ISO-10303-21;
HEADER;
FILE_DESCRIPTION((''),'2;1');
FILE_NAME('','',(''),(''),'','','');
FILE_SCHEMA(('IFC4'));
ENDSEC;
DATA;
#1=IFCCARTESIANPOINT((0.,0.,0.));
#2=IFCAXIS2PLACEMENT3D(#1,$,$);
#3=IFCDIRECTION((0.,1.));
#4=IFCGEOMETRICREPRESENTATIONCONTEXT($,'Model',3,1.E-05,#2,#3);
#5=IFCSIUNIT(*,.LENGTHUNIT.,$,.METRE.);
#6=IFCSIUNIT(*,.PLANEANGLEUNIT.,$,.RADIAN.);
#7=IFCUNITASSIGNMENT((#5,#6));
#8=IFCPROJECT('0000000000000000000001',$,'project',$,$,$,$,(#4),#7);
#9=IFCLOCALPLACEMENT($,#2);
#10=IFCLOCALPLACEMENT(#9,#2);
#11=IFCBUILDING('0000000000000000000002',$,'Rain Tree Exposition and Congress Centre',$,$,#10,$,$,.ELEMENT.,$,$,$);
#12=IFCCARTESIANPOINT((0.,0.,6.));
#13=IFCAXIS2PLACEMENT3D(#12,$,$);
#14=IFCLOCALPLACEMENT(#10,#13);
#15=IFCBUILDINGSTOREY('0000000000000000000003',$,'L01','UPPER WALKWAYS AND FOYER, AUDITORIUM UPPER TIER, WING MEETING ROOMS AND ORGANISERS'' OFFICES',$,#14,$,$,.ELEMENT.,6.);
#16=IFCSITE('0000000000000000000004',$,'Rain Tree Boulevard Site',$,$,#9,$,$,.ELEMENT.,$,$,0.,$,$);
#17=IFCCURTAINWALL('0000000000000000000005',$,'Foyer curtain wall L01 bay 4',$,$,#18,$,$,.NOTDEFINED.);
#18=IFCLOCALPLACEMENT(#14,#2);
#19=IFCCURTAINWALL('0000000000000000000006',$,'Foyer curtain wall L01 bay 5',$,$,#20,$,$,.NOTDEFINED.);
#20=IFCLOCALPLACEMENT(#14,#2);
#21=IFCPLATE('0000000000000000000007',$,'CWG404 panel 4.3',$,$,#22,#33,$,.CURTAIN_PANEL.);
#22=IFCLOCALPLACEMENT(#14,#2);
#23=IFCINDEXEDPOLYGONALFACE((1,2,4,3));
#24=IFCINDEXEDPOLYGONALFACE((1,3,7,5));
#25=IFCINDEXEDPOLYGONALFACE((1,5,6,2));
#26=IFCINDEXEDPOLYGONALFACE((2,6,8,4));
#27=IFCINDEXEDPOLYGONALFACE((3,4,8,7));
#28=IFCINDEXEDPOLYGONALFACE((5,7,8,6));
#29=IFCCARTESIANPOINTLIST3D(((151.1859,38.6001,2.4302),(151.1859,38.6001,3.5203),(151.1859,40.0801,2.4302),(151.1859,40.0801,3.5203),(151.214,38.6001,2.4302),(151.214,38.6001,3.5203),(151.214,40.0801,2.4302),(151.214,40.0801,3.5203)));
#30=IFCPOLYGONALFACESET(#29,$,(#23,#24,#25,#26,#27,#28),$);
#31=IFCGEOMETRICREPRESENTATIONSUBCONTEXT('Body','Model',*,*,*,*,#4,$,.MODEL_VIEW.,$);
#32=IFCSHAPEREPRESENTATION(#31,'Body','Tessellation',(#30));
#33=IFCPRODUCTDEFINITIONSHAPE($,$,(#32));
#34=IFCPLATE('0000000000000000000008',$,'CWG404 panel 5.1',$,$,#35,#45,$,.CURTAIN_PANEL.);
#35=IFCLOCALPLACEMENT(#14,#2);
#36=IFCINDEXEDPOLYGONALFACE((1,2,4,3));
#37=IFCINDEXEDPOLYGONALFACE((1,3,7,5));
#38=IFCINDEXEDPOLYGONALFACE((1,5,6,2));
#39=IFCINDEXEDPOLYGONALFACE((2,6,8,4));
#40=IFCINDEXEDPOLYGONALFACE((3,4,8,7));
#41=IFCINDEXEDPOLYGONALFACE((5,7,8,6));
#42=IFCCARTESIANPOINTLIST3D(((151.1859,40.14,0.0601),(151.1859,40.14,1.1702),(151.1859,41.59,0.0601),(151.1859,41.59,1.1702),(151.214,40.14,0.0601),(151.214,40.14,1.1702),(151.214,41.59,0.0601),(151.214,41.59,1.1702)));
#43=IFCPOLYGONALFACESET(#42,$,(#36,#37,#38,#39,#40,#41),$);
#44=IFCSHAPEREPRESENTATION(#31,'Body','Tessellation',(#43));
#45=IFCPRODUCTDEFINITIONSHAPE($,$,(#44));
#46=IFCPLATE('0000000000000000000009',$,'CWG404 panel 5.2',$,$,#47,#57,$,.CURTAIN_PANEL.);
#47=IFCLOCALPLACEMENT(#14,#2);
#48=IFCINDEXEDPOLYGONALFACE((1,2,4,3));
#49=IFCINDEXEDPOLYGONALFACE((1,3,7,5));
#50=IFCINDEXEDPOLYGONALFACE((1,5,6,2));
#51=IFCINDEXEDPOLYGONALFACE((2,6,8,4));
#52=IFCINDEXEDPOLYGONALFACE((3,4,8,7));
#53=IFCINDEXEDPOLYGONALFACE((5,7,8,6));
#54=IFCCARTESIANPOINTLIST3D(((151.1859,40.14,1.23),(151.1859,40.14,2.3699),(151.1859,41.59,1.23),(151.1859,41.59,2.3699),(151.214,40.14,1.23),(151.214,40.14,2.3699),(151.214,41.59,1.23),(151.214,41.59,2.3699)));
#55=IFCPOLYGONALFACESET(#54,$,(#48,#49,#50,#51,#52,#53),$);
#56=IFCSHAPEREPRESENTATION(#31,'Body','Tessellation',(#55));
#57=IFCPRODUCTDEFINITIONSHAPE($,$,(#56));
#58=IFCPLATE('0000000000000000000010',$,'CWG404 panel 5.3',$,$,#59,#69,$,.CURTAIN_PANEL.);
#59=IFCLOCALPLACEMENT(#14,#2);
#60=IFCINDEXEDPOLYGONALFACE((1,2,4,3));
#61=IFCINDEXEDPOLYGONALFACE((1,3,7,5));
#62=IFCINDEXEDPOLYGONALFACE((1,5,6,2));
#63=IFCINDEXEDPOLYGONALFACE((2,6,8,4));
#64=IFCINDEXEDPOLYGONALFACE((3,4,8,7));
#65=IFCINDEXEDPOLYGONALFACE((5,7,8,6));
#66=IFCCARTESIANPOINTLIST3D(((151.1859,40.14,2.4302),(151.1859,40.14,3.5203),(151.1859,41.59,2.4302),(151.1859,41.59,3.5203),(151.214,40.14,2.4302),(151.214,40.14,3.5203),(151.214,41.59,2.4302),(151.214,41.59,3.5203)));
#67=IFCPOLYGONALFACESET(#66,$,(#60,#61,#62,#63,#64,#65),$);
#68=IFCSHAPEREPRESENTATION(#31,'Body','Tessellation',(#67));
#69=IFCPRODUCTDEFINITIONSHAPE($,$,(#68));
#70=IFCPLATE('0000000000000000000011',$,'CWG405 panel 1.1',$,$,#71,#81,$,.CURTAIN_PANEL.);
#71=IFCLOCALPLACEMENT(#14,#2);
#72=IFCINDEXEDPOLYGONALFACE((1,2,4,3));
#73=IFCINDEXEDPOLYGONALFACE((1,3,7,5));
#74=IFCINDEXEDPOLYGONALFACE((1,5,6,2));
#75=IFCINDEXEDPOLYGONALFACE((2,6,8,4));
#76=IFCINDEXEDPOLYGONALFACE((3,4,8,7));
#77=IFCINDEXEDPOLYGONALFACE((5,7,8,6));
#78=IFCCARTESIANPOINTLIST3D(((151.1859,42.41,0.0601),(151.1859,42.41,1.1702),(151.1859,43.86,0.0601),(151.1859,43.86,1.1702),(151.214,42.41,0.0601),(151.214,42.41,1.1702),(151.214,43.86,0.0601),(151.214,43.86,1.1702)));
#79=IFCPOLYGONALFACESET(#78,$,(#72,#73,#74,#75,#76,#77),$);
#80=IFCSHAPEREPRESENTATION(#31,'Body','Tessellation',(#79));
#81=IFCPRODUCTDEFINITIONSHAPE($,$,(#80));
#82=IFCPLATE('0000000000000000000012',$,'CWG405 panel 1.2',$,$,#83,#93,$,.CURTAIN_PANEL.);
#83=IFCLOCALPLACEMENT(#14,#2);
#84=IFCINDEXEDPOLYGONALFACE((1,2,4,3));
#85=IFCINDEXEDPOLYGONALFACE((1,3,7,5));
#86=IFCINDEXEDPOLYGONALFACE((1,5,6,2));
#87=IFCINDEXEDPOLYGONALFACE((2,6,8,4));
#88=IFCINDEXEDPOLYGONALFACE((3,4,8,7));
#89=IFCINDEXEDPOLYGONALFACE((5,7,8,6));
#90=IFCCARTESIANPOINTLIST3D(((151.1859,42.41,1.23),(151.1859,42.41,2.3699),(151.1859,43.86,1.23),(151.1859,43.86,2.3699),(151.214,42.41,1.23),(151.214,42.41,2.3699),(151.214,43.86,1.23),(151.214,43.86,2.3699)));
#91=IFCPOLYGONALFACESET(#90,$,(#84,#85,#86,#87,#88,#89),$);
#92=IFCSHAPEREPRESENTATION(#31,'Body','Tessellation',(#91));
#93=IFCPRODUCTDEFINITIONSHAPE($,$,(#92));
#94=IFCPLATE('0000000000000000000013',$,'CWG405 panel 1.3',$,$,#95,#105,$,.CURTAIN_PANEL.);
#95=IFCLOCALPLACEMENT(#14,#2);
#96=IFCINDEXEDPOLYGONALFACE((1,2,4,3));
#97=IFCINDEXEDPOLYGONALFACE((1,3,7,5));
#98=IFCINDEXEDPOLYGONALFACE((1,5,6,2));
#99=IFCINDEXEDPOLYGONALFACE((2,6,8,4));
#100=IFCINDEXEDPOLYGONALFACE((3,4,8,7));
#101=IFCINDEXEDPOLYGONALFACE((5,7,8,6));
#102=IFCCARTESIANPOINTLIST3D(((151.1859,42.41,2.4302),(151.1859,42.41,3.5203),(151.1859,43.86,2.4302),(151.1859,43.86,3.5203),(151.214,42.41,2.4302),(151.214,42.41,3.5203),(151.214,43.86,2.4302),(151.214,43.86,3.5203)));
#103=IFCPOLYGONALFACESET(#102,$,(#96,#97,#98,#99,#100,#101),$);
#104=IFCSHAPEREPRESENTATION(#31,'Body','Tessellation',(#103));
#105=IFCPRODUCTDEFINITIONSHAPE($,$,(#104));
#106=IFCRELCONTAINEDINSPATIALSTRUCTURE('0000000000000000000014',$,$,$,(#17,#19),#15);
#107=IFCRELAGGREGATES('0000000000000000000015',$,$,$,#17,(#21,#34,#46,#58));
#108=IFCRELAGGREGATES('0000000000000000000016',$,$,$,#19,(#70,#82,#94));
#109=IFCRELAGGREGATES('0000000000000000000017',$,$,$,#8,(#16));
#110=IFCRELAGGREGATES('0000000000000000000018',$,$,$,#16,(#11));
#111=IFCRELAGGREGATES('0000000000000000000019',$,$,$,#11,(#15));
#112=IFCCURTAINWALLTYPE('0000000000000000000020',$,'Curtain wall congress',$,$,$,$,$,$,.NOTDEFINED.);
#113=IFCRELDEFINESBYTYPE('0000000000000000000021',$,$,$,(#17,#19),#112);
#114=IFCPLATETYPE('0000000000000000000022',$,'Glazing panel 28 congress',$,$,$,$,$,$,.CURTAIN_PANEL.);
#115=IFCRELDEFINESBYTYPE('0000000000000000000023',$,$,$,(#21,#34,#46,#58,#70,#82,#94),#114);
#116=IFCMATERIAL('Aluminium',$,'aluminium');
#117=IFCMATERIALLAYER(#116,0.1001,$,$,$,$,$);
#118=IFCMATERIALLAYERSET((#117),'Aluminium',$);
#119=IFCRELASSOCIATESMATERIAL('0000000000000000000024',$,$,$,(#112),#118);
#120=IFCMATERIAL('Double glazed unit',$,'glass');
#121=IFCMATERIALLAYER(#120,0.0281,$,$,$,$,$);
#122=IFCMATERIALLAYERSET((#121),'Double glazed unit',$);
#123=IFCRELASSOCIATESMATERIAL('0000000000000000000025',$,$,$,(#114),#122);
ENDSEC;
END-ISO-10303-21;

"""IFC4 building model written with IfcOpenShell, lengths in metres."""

from ifc_helpers import new_model, si_unit, direction, frame, origin, origin_2d, place, context, subcontext, project, spatial, rectangle, extrude, material, layer, layer_set, type_object, element, aggregate, save


model = new_model("IFC4")

# Units and contexts
model_context = context("Model", 3, precision=1e-05, world=origin(), true_north=direction((0.0, 1.0)))
body_context = subcontext(model_context, "Body", "Model", "MODEL_VIEW")
ifc_project = project(units=[si_unit("LENGTHUNIT", "METRE"), si_unit("PLANEANGLEUNIT", "RADIAN")], contexts=[model_context])

# Site, building, storey
site_placement = place(None, origin())
site = spatial("IfcSite", under=ifc_project, at=site_placement, Name="Rain Tree Boulevard Site", CompositionType="ELEMENT", RefElevation=0.0)
building_placement = place(site_placement, origin())
building = spatial("IfcBuilding", under=site, at=building_placement, Name="Rain Tree Exposition and Congress Centre", CompositionType="ELEMENT")
storey_placement = place(building_placement, frame((0.0, 0.0, 6.0)))
storey = spatial("IfcBuildingStorey", under=building, at=storey_placement, Name="L01", Description="UPPER WALKWAYS AND FOYER, AUDITORIUM UPPER TIER, WING MEETING ROOMS AND ORGANISERS' OFFICES", CompositionType="ELEMENT", Elevation=6.0)

# Curtain wall
ifc_material_1 = material(Name="Aluminium", Category="aluminium")
ifc_layer_1 = layer(ifc_material_1, 0.1001)
ifc_layer_set_1 = layer_set([ifc_layer_1], Name="Aluminium")
curtain_wall_type = type_object("IfcCurtainWallType", Name="Curtain wall congress", PredefinedType="NOTDEFINED", material=ifc_layer_set_1)
curtain_wall_1_placement = place(storey_placement, origin())
curtain_wall_1 = element("IfcCurtainWall", 1, at=curtain_wall_1_placement, inside=storey, type_object=curtain_wall_type, Name="Foyer curtain wall L01 bay 4", PredefinedType="NOTDEFINED")

# Curtain wall
curtain_wall_2_placement = place(storey_placement, origin())
curtain_wall_2 = element("IfcCurtainWall", 2, at=curtain_wall_2_placement, inside=storey, type_object=curtain_wall_type, Name="Foyer curtain wall L01 bay 5", PredefinedType="NOTDEFINED")

# Plates
ifc_material_2 = material(Name="Double glazed unit", Category="glass")
ifc_layer_2 = layer(ifc_material_2, 0.0281)
ifc_layer_set_2 = layer_set([ifc_layer_2], Name="Double glazed unit")
plate_type = type_object("IfcPlateType", Name="Glazing panel 28 congress", PredefinedType="CURTAIN_PANEL", material=ifc_layer_set_2)
plate_1_placement = place(storey_placement, frame((151.2, 39.3401, 2.4302), z_axis=(0.0, 0.0, 1.0), x_axis=(0.0, 1.0, 0.0)))
plate_1 = element("IfcPlate", 3, at=plate_1_placement, type_object=plate_type, Name="CWG404 panel 4.3", PredefinedType="CURTAIN_PANEL", context=body_context, shape_type="SweptSolid", body=[
    extrude(rectangle(XDim=1.48, YDim=0.0281, at=origin_2d()), origin(), (0.0, 0.0, 1.0), 1.0901),
])
plate_2_placement = place(storey_placement, frame((151.2, 40.865, 0.0601), z_axis=(0.0, 0.0, 1.0), x_axis=(0.0, 1.0, 0.0)))
plate_2 = element("IfcPlate", 4, at=plate_2_placement, type_object=plate_type, Name="CWG404 panel 5.1", PredefinedType="CURTAIN_PANEL", context=body_context, shape_type="SweptSolid", body=[
    extrude(rectangle(XDim=1.45, YDim=0.0281, at=origin_2d()), origin(), (0.0, 0.0, 1.0), 1.1101),
])
plate_3_placement = place(storey_placement, frame((151.2, 40.865, 1.23), z_axis=(0.0, 0.0, 1.0), x_axis=(0.0, 1.0, 0.0)))
plate_3 = element("IfcPlate", 5, at=plate_3_placement, type_object=plate_type, Name="CWG404 panel 5.2", PredefinedType="CURTAIN_PANEL", context=body_context, shape_type="SweptSolid", body=[
    extrude(rectangle(XDim=1.45, YDim=0.0281, at=origin_2d()), origin(), (0.0, 0.0, 1.0), 1.1399),
])
plate_4_placement = place(storey_placement, frame((151.2, 40.865, 2.4302), z_axis=(0.0, 0.0, 1.0), x_axis=(0.0, 1.0, 0.0)))
plate_4 = element("IfcPlate", 6, at=plate_4_placement, type_object=plate_type, Name="CWG404 panel 5.3", PredefinedType="CURTAIN_PANEL", context=body_context, shape_type="SweptSolid", body=[
    extrude(rectangle(XDim=1.45, YDim=0.0281, at=origin_2d()), origin(), (0.0, 0.0, 1.0), 1.0901),
])
aggregate(curtain_wall_1, [plate_1, plate_2, plate_3, plate_4])
plate_5_placement = place(storey_placement, frame((151.2, 43.135, 0.0601), z_axis=(0.0, 0.0, 1.0), x_axis=(0.0, 1.0, 0.0)))
plate_5 = element("IfcPlate", 7, at=plate_5_placement, type_object=plate_type, Name="CWG405 panel 1.1", PredefinedType="CURTAIN_PANEL", context=body_context, shape_type="SweptSolid", body=[
    extrude(rectangle(XDim=1.45, YDim=0.0281, at=origin_2d()), origin(), (0.0, 0.0, 1.0), 1.1101),
])
plate_6_placement = place(storey_placement, frame((151.2, 43.135, 1.23), z_axis=(0.0, 0.0, 1.0), x_axis=(0.0, 1.0, 0.0)))
plate_6 = element("IfcPlate", 8, at=plate_6_placement, type_object=plate_type, Name="CWG405 panel 1.2", PredefinedType="CURTAIN_PANEL", context=body_context, shape_type="SweptSolid", body=[
    extrude(rectangle(XDim=1.45, YDim=0.0281, at=origin_2d()), origin(), (0.0, 0.0, 1.0), 1.1399),
])
plate_7_placement = place(storey_placement, frame((151.2, 43.135, 2.4302), z_axis=(0.0, 0.0, 1.0), x_axis=(0.0, 1.0, 0.0)))
plate_7 = element("IfcPlate", 9, at=plate_7_placement, type_object=plate_type, Name="CWG405 panel 1.3", PredefinedType="CURTAIN_PANEL", context=body_context, shape_type="SweptSolid", body=[
    extrude(rectangle(XDim=1.45, YDim=0.0281, at=origin_2d()), origin(), (0.0, 0.0, 1.0), 1.0901),
])
aggregate(curtain_wall_2, [plate_5, plate_6, plate_7])

save(model, "model.ifc")
